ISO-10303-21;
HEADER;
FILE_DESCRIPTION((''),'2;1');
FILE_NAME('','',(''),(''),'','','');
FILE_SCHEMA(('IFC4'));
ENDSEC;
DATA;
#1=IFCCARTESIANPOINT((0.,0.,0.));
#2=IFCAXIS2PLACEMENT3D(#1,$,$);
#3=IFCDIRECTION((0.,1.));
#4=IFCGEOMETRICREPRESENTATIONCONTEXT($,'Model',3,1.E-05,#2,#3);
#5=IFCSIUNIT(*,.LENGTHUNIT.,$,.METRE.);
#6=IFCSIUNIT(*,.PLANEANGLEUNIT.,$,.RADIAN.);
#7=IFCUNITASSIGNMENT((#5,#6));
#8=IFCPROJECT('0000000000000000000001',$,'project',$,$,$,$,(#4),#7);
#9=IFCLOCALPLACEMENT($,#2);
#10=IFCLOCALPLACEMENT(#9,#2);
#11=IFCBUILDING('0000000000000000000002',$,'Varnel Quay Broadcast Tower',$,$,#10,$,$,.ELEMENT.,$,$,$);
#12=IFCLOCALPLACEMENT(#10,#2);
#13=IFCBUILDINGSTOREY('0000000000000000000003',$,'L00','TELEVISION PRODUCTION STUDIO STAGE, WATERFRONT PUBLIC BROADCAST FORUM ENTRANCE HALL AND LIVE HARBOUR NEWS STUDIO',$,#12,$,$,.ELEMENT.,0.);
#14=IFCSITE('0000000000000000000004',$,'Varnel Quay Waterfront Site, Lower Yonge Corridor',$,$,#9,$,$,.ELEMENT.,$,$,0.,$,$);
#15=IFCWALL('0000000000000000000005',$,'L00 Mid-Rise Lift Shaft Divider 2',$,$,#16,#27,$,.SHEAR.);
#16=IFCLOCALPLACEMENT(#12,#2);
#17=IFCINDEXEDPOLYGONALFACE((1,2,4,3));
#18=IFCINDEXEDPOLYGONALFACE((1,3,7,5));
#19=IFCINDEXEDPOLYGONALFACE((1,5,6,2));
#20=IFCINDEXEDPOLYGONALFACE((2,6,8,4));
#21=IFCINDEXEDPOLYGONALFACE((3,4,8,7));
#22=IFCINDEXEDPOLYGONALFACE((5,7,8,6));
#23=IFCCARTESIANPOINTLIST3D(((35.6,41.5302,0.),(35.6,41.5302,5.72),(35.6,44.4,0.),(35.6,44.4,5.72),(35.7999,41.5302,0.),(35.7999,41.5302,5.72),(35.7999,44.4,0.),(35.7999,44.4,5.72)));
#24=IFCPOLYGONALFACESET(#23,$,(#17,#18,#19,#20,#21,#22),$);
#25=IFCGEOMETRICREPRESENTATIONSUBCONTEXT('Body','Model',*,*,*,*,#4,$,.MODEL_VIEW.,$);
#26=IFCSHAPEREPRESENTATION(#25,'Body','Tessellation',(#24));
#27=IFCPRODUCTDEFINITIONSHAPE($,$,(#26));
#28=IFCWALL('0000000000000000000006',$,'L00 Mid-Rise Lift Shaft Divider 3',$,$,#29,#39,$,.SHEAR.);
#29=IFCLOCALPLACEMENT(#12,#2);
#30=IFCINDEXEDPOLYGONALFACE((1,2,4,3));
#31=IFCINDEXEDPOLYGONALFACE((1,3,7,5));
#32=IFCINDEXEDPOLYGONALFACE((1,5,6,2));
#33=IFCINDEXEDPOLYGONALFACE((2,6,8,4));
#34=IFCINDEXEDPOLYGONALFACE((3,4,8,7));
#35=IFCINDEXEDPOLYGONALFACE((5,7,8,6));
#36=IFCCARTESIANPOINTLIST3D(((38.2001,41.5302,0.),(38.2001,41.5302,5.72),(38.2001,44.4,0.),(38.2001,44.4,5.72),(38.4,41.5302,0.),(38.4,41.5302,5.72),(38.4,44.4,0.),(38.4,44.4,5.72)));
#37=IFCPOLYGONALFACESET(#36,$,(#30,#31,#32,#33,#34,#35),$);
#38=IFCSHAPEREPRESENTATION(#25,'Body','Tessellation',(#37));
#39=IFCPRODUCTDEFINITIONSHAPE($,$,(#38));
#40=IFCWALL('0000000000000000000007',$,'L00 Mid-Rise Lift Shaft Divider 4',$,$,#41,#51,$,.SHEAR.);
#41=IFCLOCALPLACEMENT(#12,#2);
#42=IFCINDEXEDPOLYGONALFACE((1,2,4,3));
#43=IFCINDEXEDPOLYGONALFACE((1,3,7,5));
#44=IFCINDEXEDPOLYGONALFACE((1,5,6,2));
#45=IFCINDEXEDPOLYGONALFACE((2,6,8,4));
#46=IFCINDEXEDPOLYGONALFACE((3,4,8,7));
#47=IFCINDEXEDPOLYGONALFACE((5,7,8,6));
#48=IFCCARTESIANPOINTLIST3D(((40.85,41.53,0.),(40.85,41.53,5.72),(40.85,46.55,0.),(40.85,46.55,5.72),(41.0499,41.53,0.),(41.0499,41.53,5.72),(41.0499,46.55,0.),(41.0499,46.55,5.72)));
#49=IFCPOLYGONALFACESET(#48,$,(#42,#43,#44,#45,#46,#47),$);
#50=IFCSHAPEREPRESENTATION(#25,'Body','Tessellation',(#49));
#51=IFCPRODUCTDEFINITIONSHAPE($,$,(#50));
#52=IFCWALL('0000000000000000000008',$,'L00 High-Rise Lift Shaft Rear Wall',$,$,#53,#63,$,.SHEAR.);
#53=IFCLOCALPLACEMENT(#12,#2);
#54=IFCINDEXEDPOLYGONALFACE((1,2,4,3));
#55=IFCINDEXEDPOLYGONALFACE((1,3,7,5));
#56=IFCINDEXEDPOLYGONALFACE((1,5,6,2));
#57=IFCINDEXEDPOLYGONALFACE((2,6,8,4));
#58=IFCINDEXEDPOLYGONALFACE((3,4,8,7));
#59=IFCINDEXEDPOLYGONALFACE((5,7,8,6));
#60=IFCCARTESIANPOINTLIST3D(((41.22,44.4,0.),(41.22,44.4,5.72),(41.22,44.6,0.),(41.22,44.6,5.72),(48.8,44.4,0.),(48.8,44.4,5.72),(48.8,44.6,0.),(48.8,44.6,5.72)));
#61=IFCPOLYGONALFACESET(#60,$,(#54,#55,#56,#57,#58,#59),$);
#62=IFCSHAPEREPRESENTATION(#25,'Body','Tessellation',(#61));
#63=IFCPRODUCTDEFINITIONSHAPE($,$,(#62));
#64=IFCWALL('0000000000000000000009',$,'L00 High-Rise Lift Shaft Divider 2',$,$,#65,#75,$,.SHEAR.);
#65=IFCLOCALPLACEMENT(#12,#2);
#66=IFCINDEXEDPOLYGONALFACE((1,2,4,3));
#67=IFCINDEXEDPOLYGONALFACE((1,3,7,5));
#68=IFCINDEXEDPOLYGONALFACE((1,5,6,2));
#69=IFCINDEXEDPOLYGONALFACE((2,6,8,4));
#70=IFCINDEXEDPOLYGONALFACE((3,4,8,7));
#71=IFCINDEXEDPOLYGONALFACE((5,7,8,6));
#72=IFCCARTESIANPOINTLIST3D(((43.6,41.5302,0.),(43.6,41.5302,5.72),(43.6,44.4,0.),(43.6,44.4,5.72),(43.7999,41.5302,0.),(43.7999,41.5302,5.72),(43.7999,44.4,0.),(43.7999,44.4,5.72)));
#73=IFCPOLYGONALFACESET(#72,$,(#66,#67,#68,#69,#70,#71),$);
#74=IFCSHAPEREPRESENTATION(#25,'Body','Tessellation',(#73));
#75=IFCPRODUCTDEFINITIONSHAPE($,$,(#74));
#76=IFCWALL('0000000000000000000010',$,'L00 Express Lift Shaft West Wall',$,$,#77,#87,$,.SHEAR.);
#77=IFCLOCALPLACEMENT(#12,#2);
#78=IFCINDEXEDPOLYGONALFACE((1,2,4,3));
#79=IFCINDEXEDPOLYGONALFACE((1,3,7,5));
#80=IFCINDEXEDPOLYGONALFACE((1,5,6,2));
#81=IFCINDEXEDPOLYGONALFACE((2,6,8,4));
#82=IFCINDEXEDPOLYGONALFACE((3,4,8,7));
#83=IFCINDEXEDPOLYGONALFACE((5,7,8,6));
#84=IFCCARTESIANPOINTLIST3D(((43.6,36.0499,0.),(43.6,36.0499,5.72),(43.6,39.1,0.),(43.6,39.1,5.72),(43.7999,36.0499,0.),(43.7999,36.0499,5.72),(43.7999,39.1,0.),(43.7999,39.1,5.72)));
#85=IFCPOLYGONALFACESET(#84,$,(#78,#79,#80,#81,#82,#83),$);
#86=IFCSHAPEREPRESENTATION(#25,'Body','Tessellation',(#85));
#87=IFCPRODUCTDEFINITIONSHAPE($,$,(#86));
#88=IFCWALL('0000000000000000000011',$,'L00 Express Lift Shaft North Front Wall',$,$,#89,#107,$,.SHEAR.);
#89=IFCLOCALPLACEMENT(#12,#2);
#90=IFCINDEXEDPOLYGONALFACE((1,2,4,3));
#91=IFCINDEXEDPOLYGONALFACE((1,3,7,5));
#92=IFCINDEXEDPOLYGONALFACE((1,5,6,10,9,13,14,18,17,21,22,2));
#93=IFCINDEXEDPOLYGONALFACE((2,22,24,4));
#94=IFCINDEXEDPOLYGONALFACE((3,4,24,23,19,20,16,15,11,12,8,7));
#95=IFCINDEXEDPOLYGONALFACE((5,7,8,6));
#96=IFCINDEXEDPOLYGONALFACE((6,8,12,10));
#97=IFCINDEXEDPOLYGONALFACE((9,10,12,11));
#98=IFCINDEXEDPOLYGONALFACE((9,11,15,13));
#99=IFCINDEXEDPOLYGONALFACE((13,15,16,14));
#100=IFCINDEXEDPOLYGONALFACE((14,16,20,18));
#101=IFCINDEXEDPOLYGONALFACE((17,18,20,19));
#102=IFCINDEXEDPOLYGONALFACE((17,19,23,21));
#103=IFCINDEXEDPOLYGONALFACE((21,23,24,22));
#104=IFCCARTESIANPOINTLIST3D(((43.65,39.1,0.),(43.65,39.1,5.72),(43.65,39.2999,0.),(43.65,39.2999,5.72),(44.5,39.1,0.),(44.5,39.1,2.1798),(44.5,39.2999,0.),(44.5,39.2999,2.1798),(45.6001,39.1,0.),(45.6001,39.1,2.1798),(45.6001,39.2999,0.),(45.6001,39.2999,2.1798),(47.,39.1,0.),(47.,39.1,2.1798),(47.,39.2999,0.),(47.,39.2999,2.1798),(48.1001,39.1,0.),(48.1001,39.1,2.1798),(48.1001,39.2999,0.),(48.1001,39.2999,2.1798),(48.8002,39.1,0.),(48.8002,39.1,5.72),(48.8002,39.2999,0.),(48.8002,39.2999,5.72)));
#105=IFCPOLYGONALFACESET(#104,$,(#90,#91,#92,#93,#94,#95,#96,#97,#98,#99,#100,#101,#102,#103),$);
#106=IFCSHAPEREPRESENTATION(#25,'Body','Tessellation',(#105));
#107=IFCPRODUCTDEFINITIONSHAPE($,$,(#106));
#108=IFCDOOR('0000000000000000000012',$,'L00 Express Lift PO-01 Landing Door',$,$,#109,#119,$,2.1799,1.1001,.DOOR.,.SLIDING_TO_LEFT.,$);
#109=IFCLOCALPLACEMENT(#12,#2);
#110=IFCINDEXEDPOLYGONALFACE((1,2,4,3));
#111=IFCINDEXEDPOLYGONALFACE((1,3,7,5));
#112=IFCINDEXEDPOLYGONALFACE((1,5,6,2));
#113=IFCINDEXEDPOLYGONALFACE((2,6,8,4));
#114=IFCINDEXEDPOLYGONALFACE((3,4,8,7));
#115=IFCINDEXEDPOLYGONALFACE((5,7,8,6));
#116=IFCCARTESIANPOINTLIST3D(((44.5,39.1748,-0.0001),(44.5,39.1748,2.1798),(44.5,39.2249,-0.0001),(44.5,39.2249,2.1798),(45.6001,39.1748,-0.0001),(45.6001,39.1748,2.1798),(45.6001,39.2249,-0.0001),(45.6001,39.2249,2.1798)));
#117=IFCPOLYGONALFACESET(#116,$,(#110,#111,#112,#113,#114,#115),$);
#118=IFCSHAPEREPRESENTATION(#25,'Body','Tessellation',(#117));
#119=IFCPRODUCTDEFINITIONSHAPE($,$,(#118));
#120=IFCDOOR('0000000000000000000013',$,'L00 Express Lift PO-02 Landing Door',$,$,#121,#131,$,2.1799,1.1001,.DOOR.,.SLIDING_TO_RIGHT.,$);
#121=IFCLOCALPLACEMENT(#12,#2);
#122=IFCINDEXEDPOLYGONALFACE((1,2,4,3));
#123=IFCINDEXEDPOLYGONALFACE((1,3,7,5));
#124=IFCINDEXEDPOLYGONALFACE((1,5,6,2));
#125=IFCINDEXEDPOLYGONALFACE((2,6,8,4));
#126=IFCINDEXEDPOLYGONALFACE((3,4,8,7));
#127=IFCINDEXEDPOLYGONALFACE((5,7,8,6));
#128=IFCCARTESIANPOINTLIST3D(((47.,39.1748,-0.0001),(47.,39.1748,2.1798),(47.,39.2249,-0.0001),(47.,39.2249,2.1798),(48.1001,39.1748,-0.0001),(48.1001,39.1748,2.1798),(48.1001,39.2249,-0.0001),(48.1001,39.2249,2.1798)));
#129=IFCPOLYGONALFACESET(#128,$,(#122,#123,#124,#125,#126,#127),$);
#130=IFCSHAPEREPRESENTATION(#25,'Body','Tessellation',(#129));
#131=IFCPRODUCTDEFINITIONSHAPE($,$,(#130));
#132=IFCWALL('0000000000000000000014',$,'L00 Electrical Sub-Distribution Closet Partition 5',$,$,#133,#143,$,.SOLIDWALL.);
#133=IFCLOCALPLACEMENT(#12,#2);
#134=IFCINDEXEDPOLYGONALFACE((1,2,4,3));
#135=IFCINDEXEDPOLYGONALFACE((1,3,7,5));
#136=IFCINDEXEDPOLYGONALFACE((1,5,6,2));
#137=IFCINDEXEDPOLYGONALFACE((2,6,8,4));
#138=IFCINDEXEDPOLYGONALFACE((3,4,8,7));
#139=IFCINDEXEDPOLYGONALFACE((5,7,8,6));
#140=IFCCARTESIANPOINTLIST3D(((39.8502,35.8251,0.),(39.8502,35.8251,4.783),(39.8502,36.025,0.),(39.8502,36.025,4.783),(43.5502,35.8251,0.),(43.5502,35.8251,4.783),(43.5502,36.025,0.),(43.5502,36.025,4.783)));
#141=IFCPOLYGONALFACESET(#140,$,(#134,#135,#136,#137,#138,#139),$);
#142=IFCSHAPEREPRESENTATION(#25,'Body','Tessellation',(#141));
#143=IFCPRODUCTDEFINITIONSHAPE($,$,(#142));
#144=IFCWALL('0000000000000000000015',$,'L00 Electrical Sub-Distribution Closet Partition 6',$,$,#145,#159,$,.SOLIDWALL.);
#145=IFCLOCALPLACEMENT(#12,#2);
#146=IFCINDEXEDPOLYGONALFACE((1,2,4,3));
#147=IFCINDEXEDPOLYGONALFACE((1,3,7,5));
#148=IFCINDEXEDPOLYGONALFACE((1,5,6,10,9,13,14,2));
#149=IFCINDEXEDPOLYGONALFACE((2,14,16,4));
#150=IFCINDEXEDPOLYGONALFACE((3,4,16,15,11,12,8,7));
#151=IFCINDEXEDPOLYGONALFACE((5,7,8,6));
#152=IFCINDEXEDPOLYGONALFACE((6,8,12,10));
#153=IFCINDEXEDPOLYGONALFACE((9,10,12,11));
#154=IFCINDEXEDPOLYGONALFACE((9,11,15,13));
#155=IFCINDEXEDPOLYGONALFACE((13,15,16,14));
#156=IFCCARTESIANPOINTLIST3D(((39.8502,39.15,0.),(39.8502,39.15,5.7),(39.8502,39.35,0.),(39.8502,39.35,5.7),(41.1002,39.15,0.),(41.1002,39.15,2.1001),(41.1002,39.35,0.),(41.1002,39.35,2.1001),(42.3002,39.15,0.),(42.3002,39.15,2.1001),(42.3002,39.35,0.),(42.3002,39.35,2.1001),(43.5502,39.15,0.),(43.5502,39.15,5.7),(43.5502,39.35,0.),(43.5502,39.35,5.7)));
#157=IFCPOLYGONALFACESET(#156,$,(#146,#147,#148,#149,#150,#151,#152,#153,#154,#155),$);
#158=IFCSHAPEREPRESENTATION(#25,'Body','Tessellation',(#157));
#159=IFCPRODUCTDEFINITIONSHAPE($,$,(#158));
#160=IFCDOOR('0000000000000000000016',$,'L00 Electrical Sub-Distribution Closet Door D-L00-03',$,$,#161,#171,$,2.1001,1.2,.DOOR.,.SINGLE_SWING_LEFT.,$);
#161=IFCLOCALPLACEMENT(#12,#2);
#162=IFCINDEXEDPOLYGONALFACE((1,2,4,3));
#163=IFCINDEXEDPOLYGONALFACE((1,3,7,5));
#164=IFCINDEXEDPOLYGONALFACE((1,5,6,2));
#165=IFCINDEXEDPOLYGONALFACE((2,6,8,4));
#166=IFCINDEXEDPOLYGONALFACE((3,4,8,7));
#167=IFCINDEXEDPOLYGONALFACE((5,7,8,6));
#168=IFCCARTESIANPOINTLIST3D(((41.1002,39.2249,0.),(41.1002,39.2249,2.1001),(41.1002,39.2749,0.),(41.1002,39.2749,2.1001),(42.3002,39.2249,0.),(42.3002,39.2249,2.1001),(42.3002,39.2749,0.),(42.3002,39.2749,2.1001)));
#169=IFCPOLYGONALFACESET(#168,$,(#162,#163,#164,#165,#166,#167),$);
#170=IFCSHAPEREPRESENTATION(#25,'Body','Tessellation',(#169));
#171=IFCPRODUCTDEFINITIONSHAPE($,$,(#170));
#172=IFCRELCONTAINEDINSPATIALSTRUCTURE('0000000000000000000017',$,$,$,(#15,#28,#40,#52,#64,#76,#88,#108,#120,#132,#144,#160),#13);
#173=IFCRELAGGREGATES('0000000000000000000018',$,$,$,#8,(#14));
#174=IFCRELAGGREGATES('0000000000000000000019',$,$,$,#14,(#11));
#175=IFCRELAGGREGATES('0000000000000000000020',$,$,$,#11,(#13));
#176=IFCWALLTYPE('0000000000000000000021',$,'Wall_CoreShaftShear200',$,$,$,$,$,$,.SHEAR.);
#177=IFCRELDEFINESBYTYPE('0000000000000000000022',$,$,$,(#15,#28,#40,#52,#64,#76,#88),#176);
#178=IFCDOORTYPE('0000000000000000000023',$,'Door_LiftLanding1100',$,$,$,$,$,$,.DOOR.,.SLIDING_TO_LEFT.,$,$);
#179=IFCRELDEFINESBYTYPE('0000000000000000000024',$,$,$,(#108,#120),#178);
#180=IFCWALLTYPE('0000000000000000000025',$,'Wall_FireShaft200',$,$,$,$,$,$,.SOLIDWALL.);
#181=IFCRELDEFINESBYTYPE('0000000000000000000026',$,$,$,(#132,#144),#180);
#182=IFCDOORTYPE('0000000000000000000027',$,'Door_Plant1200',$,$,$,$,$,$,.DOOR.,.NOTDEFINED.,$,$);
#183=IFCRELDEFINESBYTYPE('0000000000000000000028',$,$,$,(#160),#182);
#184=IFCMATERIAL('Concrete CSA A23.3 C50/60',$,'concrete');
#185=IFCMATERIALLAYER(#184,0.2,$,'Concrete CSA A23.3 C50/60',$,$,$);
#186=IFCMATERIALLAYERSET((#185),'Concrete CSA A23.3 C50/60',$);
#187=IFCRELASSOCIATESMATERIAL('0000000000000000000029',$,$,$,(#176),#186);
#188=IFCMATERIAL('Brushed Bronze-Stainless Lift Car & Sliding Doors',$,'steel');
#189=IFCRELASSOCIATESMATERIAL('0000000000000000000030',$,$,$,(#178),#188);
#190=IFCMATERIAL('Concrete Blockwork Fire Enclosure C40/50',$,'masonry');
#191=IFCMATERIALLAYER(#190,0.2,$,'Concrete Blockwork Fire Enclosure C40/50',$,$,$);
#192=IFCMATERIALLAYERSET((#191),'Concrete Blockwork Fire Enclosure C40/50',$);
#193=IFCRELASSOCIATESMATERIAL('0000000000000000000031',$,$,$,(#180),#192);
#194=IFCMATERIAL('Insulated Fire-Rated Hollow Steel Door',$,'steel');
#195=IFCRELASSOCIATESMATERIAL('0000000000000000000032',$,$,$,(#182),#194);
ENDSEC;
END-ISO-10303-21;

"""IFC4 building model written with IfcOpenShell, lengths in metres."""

from ifc_helpers import new_model, si_unit, direction, frame, frame_2d, origin, place, context, subcontext, project, spatial, rectangle, extrude, source, transform, mapped, material, layer, layer_set, type_object, type_shapes, element, fill, save


model = new_model("IFC4")

# Units and contexts
model_context = context("Model", 3, precision=1e-05, world=origin(), true_north=direction((0.0, 1.0)))
body_context = subcontext(model_context, "Body", "Model", "MODEL_VIEW")
ifc_project = project(units=[si_unit("LENGTHUNIT", "METRE"), si_unit("PLANEANGLEUNIT", "RADIAN")], contexts=[model_context])

# Site, building, storey
site_placement = place(None, origin())
site = spatial("IfcSite", under=ifc_project, at=site_placement, Name="Varnel Quay Waterfront Site, Lower Yonge Corridor", CompositionType="ELEMENT", RefElevation=0.0)
building_placement = place(site_placement, origin())
building = spatial("IfcBuilding", under=site, at=building_placement, Name="Varnel Quay Broadcast Tower", CompositionType="ELEMENT")
storey_placement = place(building_placement, origin())
storey = spatial("IfcBuildingStorey", under=building, at=storey_placement, Name="L00", Description="TELEVISION PRODUCTION STUDIO STAGE, WATERFRONT PUBLIC BROADCAST FORUM ENTRANCE HALL AND LIVE HARBOUR NEWS STUDIO", CompositionType="ELEMENT", Elevation=0.0)

# Walls
ifc_material_1 = material(Name="Concrete CSA A23.3 C50/60", Category="concrete")
ifc_layer_1 = layer(ifc_material_1, 0.2, Name="Concrete CSA A23.3 C50/60")
ifc_layer_set_1 = layer_set([ifc_layer_1], Name="Concrete CSA A23.3 C50/60")
wall_type_1 = type_object("IfcWallType", Name="Wall_CoreShaftShear200", PredefinedType="SHEAR", material=ifc_layer_set_1)
for number, where, z_axis, x_axis, name in (
    (1, (35.7, 41.53, 0.0), (0.0, 0.0, 1.0), (0.0, 1.0, 0.0), "L00 Mid-Rise Lift Shaft Divider 2"),
    (2, (38.3, 41.53, 0.0), (0.0, 0.0, 1.0), (0.0, 1.0, 0.0), "L00 Mid-Rise Lift Shaft Divider 3"),
):
    element("IfcWall", number, at=place(storey_placement, frame(where, z_axis=z_axis, x_axis=x_axis)), inside=storey, type_object=wall_type_1, Name=name, PredefinedType="SHEAR", context=body_context, shape_type="SweptSolid", body=[
        extrude(rectangle(XDim=2.8699, YDim=0.2, at=frame_2d((1.4351, 0.0))), origin(), (0.0, 0.0, 1.0), 5.72),
    ])
wall_1_placement = place(storey_placement, frame((40.95, 41.53, 0.0), z_axis=(0.0, 0.0, 1.0), x_axis=(0.0, 1.0, 0.0)))
element("IfcWall", 3, at=wall_1_placement, inside=storey, type_object=wall_type_1, Name="L00 Mid-Rise Lift Shaft Divider 4", PredefinedType="SHEAR", context=body_context, shape_type="SweptSolid", body=[
    extrude(rectangle(XDim=5.02, YDim=0.2, at=frame_2d((2.51, 0.0))), origin(), (0.0, 0.0, 1.0), 5.72),
])
wall_2_placement = place(storey_placement, frame((41.22, 44.5, 0.0), z_axis=(0.0, 0.0, 1.0), x_axis=(1.0, 0.0, 0.0)))
element("IfcWall", 4, at=wall_2_placement, inside=storey, type_object=wall_type_1, Name="L00 High-Rise Lift Shaft Rear Wall", PredefinedType="SHEAR", context=body_context, shape_type="SweptSolid", body=[
    extrude(rectangle(XDim=7.5801, YDim=0.2, at=frame_2d((3.79, 0.0))), origin(), (0.0, 0.0, 1.0), 5.72),
])
wall_3_placement = place(storey_placement, frame((43.7, 41.53, 0.0), z_axis=(0.0, 0.0, 1.0), x_axis=(0.0, 1.0, 0.0)))
element("IfcWall", 5, at=wall_3_placement, inside=storey, type_object=wall_type_1, Name="L00 High-Rise Lift Shaft Divider 2", PredefinedType="SHEAR", context=body_context, shape_type="SweptSolid", body=[
    extrude(rectangle(XDim=2.8699, YDim=0.2, at=frame_2d((1.4351, 0.0))), origin(), (0.0, 0.0, 1.0), 5.72),
])
wall_4_placement = place(storey_placement, frame((43.7, 36.05, 0.0), z_axis=(0.0, 0.0, 1.0), x_axis=(0.0, 1.0, 0.0)))
element("IfcWall", 6, at=wall_4_placement, inside=storey, type_object=wall_type_1, Name="L00 Express Lift Shaft West Wall", PredefinedType="SHEAR", context=body_context, shape_type="SweptSolid", body=[
    extrude(rectangle(XDim=3.05, YDim=0.2, at=frame_2d((1.5249, 0.0))), origin(), (0.0, 0.0, 1.0), 5.72),
])

# Wall, openings, doors
wall_5_placement = place(storey_placement, frame((43.6499, 39.2, 0.0), z_axis=(0.0, 0.0, 1.0), x_axis=(1.0, 0.0, 0.0)))
wall_5 = element("IfcWall", 7, at=wall_5_placement, inside=storey, type_object=wall_type_1, Name="L00 Express Lift Shaft North Front Wall", PredefinedType="SHEAR", context=body_context, shape_type="SweptSolid", body=[
    extrude(rectangle(XDim=5.1501, YDim=0.2, at=frame_2d((2.5752, 0.0))), origin(), (0.0, 0.0, 1.0), 5.72),
])
opening_1_placement = place(wall_5_placement, frame((0.8501, 0.0, 0.0)))
opening_1 = element("IfcOpeningElement", 8, at=opening_1_placement, cuts=wall_5, PredefinedType="OPENING", context=body_context, shape_type="SweptSolid", body=[
    extrude(rectangle(XDim=1.1001, YDim=2.1799, at=frame_2d((0.55, 1.0898))), frame((0.0, 0.1099, 0.0), z_axis=(0.0, -1.0, 0.0), x_axis=(1.0, 0.0, 0.0)), (0.0, 0.0, 1.0), 0.22),
])
opening_2_placement = place(wall_5_placement, frame((3.3501, 0.0, 0.0)))
opening_2 = element("IfcOpeningElement", 9, at=opening_2_placement, cuts=wall_5, PredefinedType="OPENING", context=body_context, shape_type="SweptSolid", body=[
    extrude(rectangle(XDim=1.1001, YDim=2.1799, at=frame_2d((0.55, 1.0898))), frame((0.0, 0.1099, 0.0), z_axis=(0.0, -1.0, 0.0), x_axis=(1.0, 0.0, 0.0)), (0.0, 0.0, 1.0), 0.22),
])
ifc_material_2 = material(Name="Brushed Bronze-Stainless Lift Car & Sliding Doors", Category="steel")
door_type_1 = type_object("IfcDoorType", Name="Door_LiftLanding1100", OperationType="SLIDING_TO_LEFT", PredefinedType="DOOR", material=ifc_material_2)
shared_shape_1 = source(origin(), body_context, "Body", "SweptSolid", [
    extrude(rectangle(XDim=1.1001, YDim=2.1799, at=frame_2d((0.55, 1.0898))), frame((0.0, 0.0249, 0.0), z_axis=(0.0, -1.0, 0.0), x_axis=(1.0, 0.0, 0.0)), (0.0, 0.0, 1.0), 0.05),
])
type_shapes(door_type_1, [shared_shape_1])
door_1_placement = place(opening_1_placement, origin())
door_1 = element("IfcDoor", 10, at=door_1_placement, inside=storey, type_object=door_type_1, Name="L00 Express Lift PO-01 Landing Door", OperationType="SLIDING_TO_LEFT", OverallHeight=2.1799, OverallWidth=1.1001, PredefinedType="DOOR", context=body_context, shape_type="MappedRepresentation", body=[
    mapped(shared_shape_1, transform((0.0, 0.0, 0.0), x_axis=(1.0, 0.0, 0.0), y_axis=(0.0, 1.0, 0.0), z_axis=(0.0, 0.0, 1.0), scale=1.0)),
])
fill(opening_1, door_1)
door_2_placement = place(opening_2_placement, origin())
door_2 = element("IfcDoor", 11, at=door_2_placement, inside=storey, type_object=door_type_1, Name="L00 Express Lift PO-02 Landing Door", OperationType="SLIDING_TO_RIGHT", OverallHeight=2.1799, OverallWidth=1.1001, PredefinedType="DOOR", context=body_context, shape_type="MappedRepresentation", body=[
    mapped(shared_shape_1, transform((0.0, 0.0, 0.0), x_axis=(1.0, 0.0, 0.0), y_axis=(0.0, 1.0, 0.0), z_axis=(0.0, 0.0, 1.0), scale=1.0)),
])
fill(opening_2, door_2)

# Wall
ifc_material_3 = material(Name="Concrete Blockwork Fire Enclosure C40/50", Category="masonry")
ifc_layer_2 = layer(ifc_material_3, 0.2, Name="Concrete Blockwork Fire Enclosure C40/50")
ifc_layer_set_2 = layer_set([ifc_layer_2], Name="Concrete Blockwork Fire Enclosure C40/50")
wall_type_2 = type_object("IfcWallType", Name="Wall_FireShaft200", PredefinedType="SOLIDWALL", material=ifc_layer_set_2)
wall_6_placement = place(storey_placement, frame((39.8501, 35.925, 0.0), z_axis=(0.0, 0.0, 1.0), x_axis=(1.0, 0.0, 0.0)))
element("IfcWall", 12, at=wall_6_placement, inside=storey, type_object=wall_type_2, Name="L00 Electrical Sub-Distribution Closet Partition 5", PredefinedType="SOLIDWALL", context=body_context, shape_type="SweptSolid", body=[
    extrude(rectangle(XDim=3.7, YDim=0.2, at=frame_2d((1.8501, 0.0))), origin(), (0.0, 0.0, 1.0), 4.783),
])

# Wall, opening, door
wall_7_placement = place(storey_placement, frame((39.8501, 39.25, 0.0), z_axis=(0.0, 0.0, 1.0), x_axis=(1.0, 0.0, 0.0)))
wall_7 = element("IfcWall", 13, at=wall_7_placement, inside=storey, type_object=wall_type_2, Name="L00 Electrical Sub-Distribution Closet Partition 6", PredefinedType="SOLIDWALL", context=body_context, shape_type="SweptSolid", body=[
    extrude(rectangle(XDim=3.7, YDim=0.2, at=frame_2d((1.8501, 0.0))), origin(), (0.0, 0.0, 1.0), 5.7),
])
opening_3_placement = place(wall_7_placement, frame((1.25, 0.0, 0.0)))
opening_3 = element("IfcOpeningElement", 14, at=opening_3_placement, cuts=wall_7, PredefinedType="OPENING", context=body_context, shape_type="SweptSolid", body=[
    extrude(rectangle(XDim=1.2, YDim=2.1001, at=frame_2d((0.6001, 1.05))), frame((0.0, 0.1099, 0.0), z_axis=(0.0, -1.0, 0.0), x_axis=(1.0, 0.0, 0.0)), (0.0, 0.0, 1.0), 0.22),
])
ifc_material_4 = material(Name="Insulated Fire-Rated Hollow Steel Door", Category="steel")
door_type_2 = type_object("IfcDoorType", Name="Door_Plant1200", OperationType="NOTDEFINED", PredefinedType="DOOR", material=ifc_material_4)
shared_shape_2 = source(origin(), body_context, "Body", "SweptSolid", [
    extrude(rectangle(XDim=1.2, YDim=2.1001, at=frame_2d((0.6001, 1.05))), frame((0.0, 0.0249, 0.0), z_axis=(0.0, -1.0, 0.0), x_axis=(1.0, 0.0, 0.0)), (0.0, 0.0, 1.0), 0.05),
])
type_shapes(door_type_2, [shared_shape_2])
door_3_placement = place(opening_3_placement, origin())
door_3 = element("IfcDoor", 15, at=door_3_placement, inside=storey, type_object=door_type_2, Name="L00 Electrical Sub-Distribution Closet Door D-L00-03", OperationType="SINGLE_SWING_LEFT", OverallHeight=2.1001, OverallWidth=1.2, PredefinedType="DOOR", context=body_context, shape_type="MappedRepresentation", body=[
    mapped(shared_shape_2, transform((0.0, 0.0, 0.0), x_axis=(1.0, 0.0, 0.0), y_axis=(0.0, 1.0, 0.0), z_axis=(0.0, 0.0, 1.0), scale=1.0)),
])
fill(opening_3, door_3)

save(model, "model.ifc")
